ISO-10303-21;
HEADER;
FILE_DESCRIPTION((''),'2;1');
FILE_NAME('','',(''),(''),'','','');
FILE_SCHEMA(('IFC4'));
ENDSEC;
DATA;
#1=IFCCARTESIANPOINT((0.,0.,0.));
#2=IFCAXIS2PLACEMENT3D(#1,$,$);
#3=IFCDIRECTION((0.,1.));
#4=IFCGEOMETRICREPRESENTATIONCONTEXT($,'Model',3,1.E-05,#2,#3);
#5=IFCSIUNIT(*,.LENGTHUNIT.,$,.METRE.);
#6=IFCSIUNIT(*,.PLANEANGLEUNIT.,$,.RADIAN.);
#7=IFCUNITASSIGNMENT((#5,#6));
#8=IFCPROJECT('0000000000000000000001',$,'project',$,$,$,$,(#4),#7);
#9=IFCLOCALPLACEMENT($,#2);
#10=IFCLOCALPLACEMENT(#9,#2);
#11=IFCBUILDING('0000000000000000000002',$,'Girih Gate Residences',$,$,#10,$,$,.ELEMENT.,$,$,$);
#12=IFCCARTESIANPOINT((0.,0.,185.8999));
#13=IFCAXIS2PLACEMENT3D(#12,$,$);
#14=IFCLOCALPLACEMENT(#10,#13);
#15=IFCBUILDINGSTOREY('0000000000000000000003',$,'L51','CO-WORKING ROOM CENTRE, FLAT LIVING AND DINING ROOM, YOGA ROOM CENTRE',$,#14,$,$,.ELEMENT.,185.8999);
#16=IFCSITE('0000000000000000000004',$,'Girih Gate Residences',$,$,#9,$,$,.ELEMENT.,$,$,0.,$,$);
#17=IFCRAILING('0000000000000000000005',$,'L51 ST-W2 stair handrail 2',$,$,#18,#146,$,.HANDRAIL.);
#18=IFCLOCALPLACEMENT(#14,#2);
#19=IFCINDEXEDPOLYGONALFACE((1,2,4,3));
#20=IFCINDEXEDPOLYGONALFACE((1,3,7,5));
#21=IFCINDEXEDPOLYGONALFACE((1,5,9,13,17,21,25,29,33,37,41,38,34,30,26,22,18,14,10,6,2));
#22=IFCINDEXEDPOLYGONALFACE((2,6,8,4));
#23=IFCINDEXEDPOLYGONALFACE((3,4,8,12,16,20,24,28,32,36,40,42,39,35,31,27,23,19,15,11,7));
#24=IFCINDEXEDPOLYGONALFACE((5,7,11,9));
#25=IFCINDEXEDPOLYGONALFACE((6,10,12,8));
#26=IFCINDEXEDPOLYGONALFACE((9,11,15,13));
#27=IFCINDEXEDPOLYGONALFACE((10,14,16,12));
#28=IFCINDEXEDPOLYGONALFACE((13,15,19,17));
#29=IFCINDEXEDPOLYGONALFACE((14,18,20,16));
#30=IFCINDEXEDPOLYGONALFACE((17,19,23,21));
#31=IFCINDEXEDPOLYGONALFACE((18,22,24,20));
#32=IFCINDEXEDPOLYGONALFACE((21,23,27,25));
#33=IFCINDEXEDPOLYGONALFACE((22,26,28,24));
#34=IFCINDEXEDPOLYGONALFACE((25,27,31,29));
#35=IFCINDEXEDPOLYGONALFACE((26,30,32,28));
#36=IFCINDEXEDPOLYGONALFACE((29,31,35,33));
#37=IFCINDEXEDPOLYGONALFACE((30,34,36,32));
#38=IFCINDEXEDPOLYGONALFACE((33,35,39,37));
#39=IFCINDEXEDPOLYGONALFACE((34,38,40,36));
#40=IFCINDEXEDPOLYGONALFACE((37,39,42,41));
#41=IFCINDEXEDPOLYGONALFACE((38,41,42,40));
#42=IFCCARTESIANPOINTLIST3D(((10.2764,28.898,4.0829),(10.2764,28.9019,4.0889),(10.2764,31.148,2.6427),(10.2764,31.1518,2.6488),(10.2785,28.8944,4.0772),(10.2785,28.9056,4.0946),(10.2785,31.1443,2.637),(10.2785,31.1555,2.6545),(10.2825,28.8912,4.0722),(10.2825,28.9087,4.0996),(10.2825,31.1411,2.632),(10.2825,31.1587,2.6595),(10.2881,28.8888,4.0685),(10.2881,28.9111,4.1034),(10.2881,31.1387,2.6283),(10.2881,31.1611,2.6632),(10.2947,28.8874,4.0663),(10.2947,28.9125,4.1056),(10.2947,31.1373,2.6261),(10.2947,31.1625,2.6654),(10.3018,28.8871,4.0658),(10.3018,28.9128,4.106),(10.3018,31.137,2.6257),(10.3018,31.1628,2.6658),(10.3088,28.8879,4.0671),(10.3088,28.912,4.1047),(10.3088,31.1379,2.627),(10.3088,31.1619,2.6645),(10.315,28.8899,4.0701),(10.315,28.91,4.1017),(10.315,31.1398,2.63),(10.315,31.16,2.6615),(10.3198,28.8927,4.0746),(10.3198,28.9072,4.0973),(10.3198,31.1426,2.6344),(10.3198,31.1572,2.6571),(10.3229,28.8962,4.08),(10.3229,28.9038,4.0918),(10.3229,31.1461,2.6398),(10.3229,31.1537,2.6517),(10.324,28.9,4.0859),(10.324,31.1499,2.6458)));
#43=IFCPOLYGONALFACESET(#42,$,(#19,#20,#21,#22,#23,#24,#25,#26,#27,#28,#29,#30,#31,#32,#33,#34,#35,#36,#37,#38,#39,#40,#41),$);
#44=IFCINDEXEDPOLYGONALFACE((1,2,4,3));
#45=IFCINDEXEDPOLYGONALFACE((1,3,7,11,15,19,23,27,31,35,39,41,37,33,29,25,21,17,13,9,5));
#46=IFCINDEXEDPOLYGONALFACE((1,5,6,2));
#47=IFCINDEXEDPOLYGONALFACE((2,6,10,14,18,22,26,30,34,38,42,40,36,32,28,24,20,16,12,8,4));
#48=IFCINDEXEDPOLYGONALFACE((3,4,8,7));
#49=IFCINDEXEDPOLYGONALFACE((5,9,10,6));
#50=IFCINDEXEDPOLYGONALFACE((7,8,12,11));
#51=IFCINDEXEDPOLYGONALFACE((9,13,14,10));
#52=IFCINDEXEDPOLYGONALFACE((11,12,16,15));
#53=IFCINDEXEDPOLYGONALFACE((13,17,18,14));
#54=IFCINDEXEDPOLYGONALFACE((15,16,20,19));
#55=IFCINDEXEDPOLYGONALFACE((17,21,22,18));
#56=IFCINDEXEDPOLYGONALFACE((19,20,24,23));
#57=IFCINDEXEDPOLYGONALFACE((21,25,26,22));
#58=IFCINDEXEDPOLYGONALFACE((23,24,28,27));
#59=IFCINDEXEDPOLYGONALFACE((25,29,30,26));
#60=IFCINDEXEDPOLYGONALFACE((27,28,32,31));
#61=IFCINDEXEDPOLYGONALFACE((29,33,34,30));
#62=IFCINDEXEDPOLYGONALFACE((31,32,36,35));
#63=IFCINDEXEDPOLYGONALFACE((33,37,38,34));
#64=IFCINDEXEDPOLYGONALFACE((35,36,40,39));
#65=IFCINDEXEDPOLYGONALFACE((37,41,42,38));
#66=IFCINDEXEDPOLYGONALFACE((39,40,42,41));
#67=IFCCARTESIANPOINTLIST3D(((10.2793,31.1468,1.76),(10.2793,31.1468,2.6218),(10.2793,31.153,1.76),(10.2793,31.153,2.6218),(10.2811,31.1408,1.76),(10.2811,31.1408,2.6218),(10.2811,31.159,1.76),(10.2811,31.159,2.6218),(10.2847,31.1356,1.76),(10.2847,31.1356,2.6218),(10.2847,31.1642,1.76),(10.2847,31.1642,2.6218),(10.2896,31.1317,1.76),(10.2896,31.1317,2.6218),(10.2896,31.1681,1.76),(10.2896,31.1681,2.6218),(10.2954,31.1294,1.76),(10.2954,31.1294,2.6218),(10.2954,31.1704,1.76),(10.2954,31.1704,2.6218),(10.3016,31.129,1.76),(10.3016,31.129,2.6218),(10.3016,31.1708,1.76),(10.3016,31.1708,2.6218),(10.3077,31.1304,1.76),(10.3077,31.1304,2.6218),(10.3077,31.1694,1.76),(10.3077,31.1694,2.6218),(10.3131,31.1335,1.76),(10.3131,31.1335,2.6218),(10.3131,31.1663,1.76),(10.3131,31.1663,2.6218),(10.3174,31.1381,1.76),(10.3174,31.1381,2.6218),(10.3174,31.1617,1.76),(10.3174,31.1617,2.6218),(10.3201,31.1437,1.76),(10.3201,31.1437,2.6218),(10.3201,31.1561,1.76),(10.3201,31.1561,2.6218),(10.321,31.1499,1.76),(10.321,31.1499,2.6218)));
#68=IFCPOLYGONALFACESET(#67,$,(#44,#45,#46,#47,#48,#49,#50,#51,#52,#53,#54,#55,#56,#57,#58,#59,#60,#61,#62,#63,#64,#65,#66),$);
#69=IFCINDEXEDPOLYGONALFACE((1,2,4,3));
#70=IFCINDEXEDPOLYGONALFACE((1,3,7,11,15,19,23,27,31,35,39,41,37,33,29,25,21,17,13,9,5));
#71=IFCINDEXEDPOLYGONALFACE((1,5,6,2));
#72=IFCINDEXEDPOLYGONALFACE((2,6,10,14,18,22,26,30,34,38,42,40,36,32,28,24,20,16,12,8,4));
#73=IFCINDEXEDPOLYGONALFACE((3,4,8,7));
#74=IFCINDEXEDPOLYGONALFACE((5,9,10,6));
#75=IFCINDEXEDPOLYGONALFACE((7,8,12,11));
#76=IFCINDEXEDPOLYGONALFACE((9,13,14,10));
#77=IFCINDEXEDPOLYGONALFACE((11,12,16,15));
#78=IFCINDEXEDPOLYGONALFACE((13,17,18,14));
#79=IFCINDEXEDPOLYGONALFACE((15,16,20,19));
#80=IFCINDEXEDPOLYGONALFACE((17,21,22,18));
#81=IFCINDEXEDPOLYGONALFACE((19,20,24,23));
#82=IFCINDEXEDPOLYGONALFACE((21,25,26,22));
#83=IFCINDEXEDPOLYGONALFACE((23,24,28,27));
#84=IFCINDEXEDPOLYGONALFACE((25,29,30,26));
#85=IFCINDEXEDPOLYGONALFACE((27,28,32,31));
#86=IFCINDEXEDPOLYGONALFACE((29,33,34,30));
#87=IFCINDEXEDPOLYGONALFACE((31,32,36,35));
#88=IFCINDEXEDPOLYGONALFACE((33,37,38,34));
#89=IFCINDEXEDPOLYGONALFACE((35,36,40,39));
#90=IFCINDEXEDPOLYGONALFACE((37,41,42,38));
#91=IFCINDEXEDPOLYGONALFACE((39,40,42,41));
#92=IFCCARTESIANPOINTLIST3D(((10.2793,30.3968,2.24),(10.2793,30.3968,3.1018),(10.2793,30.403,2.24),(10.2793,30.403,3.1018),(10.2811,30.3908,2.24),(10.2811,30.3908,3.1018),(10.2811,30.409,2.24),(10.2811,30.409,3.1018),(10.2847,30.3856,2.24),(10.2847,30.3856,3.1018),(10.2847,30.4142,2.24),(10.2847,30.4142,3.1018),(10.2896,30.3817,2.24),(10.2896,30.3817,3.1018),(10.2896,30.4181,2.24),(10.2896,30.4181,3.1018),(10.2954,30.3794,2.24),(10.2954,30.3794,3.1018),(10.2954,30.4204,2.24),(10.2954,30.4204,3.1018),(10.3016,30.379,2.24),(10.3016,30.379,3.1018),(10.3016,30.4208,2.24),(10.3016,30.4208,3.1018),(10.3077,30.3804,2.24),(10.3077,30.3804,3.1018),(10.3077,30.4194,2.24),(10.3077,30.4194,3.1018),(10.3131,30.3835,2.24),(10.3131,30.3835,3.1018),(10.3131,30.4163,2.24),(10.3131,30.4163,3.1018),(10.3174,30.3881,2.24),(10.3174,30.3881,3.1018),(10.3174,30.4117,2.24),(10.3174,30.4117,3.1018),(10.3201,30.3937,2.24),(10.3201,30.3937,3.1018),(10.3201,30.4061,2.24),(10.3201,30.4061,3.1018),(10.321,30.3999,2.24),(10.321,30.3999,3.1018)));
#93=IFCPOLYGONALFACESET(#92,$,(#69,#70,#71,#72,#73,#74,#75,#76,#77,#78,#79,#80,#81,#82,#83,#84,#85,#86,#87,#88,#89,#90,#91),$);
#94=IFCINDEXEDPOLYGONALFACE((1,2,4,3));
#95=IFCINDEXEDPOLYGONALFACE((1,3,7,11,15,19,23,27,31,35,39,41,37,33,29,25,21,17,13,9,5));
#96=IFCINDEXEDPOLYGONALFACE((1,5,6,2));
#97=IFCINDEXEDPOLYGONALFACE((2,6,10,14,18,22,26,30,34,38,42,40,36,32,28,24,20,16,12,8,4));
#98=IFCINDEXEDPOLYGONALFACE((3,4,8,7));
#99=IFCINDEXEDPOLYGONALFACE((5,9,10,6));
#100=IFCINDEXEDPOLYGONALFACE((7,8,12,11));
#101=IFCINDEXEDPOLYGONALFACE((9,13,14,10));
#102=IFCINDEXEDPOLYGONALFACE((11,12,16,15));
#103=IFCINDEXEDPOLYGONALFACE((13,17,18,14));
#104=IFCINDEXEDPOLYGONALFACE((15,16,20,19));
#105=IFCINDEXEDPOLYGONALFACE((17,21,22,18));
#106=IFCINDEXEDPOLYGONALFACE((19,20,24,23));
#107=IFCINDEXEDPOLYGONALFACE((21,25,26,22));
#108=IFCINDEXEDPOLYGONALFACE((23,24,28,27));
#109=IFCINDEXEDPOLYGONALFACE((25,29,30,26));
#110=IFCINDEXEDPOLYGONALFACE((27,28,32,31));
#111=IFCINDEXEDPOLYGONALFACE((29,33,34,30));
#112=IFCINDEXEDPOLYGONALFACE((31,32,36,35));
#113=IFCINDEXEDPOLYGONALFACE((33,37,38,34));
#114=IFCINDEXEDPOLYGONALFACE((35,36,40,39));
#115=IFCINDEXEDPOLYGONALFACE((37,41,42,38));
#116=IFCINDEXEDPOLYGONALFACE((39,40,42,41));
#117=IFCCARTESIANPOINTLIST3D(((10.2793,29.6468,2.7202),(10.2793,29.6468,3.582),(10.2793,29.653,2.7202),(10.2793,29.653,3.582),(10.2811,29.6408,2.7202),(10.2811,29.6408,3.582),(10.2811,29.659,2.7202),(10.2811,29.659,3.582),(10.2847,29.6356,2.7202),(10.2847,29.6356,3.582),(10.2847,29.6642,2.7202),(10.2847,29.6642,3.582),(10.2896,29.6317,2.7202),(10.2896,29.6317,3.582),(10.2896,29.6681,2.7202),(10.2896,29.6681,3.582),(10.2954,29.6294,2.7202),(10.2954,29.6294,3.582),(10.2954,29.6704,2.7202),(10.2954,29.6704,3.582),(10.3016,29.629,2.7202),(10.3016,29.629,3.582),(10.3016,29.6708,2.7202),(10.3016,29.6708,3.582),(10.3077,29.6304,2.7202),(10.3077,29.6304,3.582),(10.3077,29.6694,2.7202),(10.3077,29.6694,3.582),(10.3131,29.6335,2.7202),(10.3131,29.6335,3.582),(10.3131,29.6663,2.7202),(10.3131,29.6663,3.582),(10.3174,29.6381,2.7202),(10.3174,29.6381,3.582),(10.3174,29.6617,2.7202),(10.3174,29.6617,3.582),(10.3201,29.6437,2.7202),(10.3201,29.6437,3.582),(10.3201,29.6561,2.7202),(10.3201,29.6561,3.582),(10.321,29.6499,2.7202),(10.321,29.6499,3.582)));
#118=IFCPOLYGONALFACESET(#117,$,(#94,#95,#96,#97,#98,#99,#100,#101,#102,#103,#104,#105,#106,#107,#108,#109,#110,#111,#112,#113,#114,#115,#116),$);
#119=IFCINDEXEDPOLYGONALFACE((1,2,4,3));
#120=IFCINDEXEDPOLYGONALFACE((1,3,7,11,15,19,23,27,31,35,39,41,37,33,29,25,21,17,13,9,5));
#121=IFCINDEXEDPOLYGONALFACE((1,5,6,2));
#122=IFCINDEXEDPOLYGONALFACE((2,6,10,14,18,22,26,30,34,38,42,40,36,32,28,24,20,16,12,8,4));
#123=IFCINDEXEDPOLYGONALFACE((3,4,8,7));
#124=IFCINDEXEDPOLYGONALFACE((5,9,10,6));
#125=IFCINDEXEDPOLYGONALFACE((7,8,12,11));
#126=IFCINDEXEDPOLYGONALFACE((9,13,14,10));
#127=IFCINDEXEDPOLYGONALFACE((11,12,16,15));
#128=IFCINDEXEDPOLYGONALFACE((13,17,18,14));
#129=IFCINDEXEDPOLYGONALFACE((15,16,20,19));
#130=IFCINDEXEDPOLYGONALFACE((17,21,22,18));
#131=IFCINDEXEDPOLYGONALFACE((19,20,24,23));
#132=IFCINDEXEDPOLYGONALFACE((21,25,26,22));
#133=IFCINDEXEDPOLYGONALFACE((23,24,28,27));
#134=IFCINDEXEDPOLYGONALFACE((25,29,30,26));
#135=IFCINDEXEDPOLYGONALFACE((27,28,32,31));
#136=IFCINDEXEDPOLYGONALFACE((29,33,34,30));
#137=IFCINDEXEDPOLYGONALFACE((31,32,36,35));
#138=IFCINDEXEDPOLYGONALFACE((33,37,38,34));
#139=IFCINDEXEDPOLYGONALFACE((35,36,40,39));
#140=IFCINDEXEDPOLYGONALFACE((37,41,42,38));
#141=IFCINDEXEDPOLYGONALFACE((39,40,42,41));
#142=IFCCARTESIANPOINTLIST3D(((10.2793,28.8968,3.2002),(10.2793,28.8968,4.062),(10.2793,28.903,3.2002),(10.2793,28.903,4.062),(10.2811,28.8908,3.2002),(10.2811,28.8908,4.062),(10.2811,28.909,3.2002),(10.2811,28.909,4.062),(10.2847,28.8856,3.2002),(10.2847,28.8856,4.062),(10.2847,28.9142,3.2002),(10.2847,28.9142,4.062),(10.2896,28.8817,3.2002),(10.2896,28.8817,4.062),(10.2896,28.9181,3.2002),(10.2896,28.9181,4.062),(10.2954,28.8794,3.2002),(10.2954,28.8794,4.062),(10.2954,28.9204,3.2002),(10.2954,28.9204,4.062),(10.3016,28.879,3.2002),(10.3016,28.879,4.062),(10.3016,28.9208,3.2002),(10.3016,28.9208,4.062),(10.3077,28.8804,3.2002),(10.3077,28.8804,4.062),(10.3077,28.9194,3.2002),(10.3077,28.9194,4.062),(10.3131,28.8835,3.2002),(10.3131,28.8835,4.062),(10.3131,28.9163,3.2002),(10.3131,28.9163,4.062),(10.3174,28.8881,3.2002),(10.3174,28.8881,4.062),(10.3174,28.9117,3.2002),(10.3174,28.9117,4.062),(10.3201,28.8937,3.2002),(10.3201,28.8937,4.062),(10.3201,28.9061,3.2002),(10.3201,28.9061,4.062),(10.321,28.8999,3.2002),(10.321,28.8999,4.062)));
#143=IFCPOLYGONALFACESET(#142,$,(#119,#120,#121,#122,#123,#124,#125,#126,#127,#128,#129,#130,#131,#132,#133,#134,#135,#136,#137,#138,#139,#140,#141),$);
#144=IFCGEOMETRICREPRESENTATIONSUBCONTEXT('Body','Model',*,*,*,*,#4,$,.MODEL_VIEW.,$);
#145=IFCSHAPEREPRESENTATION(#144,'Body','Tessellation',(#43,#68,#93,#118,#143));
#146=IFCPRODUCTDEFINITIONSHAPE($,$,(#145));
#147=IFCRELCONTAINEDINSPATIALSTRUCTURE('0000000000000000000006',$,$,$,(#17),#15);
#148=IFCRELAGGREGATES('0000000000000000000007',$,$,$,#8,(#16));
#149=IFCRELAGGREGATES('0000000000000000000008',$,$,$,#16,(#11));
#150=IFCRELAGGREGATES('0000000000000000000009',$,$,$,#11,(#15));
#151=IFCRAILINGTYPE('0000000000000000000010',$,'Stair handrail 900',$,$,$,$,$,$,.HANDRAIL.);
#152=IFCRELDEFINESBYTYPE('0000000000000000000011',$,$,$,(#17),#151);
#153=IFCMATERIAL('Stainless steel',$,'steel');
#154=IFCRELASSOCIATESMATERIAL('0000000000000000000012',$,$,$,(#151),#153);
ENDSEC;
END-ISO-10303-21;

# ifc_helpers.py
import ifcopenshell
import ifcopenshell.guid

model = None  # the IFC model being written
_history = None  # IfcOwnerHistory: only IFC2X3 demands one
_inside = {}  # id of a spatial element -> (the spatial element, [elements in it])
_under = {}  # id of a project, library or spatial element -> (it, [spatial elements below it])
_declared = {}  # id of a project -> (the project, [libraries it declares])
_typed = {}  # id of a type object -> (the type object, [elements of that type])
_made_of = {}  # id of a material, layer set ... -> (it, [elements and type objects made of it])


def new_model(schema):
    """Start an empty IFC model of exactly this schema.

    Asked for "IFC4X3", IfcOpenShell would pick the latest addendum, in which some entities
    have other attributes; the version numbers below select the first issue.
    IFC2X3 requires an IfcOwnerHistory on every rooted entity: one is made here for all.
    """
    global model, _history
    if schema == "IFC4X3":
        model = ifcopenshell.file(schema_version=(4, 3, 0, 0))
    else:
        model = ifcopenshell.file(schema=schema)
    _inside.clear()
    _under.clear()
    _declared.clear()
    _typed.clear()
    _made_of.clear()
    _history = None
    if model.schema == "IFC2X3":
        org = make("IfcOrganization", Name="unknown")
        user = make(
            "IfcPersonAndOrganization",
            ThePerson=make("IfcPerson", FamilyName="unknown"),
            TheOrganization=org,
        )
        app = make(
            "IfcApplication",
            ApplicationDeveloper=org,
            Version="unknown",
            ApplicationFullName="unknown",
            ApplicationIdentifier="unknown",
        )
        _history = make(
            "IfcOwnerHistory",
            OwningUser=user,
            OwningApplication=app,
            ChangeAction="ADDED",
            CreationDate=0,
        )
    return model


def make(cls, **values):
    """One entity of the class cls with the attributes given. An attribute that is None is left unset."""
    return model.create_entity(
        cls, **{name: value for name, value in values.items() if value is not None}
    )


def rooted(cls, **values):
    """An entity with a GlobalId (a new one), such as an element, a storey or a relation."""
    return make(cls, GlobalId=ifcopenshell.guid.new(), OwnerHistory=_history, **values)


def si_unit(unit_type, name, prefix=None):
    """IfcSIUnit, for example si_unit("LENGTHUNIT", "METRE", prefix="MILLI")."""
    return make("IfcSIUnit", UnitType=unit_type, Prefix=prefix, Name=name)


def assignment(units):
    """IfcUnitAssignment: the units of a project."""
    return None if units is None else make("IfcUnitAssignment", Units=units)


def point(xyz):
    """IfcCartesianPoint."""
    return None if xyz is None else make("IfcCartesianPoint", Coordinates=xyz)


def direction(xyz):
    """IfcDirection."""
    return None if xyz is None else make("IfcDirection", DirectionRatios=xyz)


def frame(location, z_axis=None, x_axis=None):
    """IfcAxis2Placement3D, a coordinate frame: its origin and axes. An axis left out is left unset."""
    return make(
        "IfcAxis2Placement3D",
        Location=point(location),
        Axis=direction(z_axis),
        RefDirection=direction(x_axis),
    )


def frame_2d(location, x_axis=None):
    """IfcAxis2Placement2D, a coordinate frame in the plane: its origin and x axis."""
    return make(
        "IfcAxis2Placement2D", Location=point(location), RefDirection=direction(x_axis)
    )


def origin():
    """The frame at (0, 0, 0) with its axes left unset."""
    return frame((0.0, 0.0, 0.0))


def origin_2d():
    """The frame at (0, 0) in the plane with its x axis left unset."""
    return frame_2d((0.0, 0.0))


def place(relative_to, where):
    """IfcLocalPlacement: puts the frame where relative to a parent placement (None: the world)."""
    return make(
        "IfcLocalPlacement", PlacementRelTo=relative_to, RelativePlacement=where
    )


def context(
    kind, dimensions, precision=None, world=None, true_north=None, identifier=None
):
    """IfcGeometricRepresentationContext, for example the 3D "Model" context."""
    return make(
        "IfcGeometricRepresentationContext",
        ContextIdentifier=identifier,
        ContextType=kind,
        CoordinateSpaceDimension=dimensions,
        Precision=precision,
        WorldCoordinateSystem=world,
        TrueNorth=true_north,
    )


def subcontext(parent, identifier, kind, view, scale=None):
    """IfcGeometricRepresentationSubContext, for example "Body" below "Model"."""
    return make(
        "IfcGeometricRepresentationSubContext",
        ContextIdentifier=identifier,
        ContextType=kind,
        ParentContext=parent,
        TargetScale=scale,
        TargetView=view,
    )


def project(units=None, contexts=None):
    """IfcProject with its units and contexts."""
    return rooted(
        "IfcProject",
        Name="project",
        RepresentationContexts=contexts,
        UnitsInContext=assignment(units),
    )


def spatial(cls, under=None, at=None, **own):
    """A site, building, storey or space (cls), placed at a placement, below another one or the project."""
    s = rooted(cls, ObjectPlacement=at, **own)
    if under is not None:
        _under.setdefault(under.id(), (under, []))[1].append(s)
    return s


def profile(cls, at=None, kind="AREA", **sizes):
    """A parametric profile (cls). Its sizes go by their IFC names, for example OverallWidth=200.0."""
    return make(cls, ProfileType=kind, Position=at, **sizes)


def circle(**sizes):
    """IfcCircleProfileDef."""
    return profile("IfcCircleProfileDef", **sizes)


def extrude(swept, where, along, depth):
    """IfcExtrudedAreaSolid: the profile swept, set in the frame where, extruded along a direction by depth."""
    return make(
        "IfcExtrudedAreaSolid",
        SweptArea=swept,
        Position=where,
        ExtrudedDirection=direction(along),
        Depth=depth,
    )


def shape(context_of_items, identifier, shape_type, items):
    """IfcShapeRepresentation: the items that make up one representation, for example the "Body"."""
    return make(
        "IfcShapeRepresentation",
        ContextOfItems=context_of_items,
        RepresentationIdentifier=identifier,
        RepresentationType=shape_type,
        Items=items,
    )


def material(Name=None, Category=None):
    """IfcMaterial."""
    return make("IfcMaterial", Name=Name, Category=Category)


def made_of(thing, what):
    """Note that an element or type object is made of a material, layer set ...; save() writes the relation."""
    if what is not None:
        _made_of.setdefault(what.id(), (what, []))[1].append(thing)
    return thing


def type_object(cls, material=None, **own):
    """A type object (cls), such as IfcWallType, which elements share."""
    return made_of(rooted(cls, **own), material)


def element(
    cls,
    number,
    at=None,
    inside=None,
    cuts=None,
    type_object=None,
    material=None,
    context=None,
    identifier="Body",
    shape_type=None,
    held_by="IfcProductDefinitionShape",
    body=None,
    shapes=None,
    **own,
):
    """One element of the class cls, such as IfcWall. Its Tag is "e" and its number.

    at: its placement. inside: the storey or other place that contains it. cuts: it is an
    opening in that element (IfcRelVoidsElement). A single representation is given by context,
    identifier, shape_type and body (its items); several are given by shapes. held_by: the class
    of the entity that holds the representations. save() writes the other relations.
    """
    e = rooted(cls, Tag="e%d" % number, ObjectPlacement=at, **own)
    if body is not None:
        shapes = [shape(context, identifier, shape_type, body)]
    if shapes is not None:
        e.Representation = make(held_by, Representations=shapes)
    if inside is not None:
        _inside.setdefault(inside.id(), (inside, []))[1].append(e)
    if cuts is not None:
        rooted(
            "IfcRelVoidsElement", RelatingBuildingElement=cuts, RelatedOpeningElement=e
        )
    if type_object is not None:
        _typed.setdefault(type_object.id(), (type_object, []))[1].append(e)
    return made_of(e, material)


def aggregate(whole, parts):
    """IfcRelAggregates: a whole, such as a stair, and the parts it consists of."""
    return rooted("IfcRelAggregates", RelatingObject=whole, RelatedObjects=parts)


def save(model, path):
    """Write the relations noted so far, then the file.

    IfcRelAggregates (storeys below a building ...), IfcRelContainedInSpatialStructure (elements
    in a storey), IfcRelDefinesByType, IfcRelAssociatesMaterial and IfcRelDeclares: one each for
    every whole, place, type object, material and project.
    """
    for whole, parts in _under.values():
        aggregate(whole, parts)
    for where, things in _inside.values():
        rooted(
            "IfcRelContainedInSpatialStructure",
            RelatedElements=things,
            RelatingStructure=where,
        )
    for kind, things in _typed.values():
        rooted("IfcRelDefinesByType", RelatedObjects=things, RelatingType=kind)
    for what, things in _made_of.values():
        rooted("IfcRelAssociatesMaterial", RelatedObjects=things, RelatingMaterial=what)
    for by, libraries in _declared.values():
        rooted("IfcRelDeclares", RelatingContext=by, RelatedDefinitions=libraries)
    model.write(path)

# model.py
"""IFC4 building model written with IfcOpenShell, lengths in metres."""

from ifc_helpers import new_model, si_unit, direction, frame, origin, origin_2d, place, context, subcontext, project, spatial, circle, extrude, material, type_object, element, save


model = new_model("IFC4")

# Units and contexts
model_context = context("Model", 3, precision=1e-05, world=origin(), true_north=direction((0.0, 1.0)))
body_context = subcontext(model_context, "Body", "Model", "MODEL_VIEW")
ifc_project = project(units=[si_unit("LENGTHUNIT", "METRE"), si_unit("PLANEANGLEUNIT", "RADIAN")], contexts=[model_context])

# Site, building, storey
site_placement = place(None, origin())
site = spatial("IfcSite", under=ifc_project, at=site_placement, Name="Girih Gate Residences", CompositionType="ELEMENT", RefElevation=0.0)
building_placement = place(site_placement, origin())
building = spatial("IfcBuilding", under=site, at=building_placement, Name="Girih Gate Residences", CompositionType="ELEMENT")
storey_placement = place(building_placement, frame((0.0, 0.0, 185.8999)))
storey = spatial("IfcBuildingStorey", under=building, at=storey_placement, Name="L51", Description="CO-WORKING ROOM CENTRE, FLAT LIVING AND DINING ROOM, YOGA ROOM CENTRE", CompositionType="ELEMENT", Elevation=185.8999)

# Railing
ifc_material_1 = material(Name="Stainless steel", Category="steel")
railing_type_1 = type_object("IfcRailingType", Name="Stair handrail 900", PredefinedType="HANDRAIL", material=ifc_material_1)
railing_1_placement = place(storey_placement, frame((10.3, 31.1499, 1.76)))
element("IfcRailing", 1, at=railing_1_placement, inside=storey, type_object=railing_type_1, Name="L51 ST-W2 stair handrail 2", PredefinedType="HANDRAIL", context=body_context, shape_type="SweptSolid", body=[
    extrude(circle(Radius=0.0239, at=origin_2d()), frame((0.0, 0.0, 0.8857), z_axis=(0.0, -0.84224, 0.539103), x_axis=(1.0, 0.0, 0.0)), (0.0, 0.0, 1.0), 2.6714),
    extrude(circle(Radius=0.021, at=origin_2d()), origin(), (0.0, 0.0, 1.0), 0.8618),
    extrude(circle(Radius=0.021, at=origin_2d()), frame((0.0, -0.75, 0.48)), (0.0, 0.0, 1.0), 0.8618),
    extrude(circle(Radius=0.021, at=origin_2d()), frame((0.0, -1.5, 0.9602)), (0.0, 0.0, 1.0), 0.8618),
    extrude(circle(Radius=0.021, at=origin_2d()), frame((0.0, -2.25, 1.4402)), (0.0, 0.0, 1.0), 0.8618),
])

save(model, "model.ifc")
